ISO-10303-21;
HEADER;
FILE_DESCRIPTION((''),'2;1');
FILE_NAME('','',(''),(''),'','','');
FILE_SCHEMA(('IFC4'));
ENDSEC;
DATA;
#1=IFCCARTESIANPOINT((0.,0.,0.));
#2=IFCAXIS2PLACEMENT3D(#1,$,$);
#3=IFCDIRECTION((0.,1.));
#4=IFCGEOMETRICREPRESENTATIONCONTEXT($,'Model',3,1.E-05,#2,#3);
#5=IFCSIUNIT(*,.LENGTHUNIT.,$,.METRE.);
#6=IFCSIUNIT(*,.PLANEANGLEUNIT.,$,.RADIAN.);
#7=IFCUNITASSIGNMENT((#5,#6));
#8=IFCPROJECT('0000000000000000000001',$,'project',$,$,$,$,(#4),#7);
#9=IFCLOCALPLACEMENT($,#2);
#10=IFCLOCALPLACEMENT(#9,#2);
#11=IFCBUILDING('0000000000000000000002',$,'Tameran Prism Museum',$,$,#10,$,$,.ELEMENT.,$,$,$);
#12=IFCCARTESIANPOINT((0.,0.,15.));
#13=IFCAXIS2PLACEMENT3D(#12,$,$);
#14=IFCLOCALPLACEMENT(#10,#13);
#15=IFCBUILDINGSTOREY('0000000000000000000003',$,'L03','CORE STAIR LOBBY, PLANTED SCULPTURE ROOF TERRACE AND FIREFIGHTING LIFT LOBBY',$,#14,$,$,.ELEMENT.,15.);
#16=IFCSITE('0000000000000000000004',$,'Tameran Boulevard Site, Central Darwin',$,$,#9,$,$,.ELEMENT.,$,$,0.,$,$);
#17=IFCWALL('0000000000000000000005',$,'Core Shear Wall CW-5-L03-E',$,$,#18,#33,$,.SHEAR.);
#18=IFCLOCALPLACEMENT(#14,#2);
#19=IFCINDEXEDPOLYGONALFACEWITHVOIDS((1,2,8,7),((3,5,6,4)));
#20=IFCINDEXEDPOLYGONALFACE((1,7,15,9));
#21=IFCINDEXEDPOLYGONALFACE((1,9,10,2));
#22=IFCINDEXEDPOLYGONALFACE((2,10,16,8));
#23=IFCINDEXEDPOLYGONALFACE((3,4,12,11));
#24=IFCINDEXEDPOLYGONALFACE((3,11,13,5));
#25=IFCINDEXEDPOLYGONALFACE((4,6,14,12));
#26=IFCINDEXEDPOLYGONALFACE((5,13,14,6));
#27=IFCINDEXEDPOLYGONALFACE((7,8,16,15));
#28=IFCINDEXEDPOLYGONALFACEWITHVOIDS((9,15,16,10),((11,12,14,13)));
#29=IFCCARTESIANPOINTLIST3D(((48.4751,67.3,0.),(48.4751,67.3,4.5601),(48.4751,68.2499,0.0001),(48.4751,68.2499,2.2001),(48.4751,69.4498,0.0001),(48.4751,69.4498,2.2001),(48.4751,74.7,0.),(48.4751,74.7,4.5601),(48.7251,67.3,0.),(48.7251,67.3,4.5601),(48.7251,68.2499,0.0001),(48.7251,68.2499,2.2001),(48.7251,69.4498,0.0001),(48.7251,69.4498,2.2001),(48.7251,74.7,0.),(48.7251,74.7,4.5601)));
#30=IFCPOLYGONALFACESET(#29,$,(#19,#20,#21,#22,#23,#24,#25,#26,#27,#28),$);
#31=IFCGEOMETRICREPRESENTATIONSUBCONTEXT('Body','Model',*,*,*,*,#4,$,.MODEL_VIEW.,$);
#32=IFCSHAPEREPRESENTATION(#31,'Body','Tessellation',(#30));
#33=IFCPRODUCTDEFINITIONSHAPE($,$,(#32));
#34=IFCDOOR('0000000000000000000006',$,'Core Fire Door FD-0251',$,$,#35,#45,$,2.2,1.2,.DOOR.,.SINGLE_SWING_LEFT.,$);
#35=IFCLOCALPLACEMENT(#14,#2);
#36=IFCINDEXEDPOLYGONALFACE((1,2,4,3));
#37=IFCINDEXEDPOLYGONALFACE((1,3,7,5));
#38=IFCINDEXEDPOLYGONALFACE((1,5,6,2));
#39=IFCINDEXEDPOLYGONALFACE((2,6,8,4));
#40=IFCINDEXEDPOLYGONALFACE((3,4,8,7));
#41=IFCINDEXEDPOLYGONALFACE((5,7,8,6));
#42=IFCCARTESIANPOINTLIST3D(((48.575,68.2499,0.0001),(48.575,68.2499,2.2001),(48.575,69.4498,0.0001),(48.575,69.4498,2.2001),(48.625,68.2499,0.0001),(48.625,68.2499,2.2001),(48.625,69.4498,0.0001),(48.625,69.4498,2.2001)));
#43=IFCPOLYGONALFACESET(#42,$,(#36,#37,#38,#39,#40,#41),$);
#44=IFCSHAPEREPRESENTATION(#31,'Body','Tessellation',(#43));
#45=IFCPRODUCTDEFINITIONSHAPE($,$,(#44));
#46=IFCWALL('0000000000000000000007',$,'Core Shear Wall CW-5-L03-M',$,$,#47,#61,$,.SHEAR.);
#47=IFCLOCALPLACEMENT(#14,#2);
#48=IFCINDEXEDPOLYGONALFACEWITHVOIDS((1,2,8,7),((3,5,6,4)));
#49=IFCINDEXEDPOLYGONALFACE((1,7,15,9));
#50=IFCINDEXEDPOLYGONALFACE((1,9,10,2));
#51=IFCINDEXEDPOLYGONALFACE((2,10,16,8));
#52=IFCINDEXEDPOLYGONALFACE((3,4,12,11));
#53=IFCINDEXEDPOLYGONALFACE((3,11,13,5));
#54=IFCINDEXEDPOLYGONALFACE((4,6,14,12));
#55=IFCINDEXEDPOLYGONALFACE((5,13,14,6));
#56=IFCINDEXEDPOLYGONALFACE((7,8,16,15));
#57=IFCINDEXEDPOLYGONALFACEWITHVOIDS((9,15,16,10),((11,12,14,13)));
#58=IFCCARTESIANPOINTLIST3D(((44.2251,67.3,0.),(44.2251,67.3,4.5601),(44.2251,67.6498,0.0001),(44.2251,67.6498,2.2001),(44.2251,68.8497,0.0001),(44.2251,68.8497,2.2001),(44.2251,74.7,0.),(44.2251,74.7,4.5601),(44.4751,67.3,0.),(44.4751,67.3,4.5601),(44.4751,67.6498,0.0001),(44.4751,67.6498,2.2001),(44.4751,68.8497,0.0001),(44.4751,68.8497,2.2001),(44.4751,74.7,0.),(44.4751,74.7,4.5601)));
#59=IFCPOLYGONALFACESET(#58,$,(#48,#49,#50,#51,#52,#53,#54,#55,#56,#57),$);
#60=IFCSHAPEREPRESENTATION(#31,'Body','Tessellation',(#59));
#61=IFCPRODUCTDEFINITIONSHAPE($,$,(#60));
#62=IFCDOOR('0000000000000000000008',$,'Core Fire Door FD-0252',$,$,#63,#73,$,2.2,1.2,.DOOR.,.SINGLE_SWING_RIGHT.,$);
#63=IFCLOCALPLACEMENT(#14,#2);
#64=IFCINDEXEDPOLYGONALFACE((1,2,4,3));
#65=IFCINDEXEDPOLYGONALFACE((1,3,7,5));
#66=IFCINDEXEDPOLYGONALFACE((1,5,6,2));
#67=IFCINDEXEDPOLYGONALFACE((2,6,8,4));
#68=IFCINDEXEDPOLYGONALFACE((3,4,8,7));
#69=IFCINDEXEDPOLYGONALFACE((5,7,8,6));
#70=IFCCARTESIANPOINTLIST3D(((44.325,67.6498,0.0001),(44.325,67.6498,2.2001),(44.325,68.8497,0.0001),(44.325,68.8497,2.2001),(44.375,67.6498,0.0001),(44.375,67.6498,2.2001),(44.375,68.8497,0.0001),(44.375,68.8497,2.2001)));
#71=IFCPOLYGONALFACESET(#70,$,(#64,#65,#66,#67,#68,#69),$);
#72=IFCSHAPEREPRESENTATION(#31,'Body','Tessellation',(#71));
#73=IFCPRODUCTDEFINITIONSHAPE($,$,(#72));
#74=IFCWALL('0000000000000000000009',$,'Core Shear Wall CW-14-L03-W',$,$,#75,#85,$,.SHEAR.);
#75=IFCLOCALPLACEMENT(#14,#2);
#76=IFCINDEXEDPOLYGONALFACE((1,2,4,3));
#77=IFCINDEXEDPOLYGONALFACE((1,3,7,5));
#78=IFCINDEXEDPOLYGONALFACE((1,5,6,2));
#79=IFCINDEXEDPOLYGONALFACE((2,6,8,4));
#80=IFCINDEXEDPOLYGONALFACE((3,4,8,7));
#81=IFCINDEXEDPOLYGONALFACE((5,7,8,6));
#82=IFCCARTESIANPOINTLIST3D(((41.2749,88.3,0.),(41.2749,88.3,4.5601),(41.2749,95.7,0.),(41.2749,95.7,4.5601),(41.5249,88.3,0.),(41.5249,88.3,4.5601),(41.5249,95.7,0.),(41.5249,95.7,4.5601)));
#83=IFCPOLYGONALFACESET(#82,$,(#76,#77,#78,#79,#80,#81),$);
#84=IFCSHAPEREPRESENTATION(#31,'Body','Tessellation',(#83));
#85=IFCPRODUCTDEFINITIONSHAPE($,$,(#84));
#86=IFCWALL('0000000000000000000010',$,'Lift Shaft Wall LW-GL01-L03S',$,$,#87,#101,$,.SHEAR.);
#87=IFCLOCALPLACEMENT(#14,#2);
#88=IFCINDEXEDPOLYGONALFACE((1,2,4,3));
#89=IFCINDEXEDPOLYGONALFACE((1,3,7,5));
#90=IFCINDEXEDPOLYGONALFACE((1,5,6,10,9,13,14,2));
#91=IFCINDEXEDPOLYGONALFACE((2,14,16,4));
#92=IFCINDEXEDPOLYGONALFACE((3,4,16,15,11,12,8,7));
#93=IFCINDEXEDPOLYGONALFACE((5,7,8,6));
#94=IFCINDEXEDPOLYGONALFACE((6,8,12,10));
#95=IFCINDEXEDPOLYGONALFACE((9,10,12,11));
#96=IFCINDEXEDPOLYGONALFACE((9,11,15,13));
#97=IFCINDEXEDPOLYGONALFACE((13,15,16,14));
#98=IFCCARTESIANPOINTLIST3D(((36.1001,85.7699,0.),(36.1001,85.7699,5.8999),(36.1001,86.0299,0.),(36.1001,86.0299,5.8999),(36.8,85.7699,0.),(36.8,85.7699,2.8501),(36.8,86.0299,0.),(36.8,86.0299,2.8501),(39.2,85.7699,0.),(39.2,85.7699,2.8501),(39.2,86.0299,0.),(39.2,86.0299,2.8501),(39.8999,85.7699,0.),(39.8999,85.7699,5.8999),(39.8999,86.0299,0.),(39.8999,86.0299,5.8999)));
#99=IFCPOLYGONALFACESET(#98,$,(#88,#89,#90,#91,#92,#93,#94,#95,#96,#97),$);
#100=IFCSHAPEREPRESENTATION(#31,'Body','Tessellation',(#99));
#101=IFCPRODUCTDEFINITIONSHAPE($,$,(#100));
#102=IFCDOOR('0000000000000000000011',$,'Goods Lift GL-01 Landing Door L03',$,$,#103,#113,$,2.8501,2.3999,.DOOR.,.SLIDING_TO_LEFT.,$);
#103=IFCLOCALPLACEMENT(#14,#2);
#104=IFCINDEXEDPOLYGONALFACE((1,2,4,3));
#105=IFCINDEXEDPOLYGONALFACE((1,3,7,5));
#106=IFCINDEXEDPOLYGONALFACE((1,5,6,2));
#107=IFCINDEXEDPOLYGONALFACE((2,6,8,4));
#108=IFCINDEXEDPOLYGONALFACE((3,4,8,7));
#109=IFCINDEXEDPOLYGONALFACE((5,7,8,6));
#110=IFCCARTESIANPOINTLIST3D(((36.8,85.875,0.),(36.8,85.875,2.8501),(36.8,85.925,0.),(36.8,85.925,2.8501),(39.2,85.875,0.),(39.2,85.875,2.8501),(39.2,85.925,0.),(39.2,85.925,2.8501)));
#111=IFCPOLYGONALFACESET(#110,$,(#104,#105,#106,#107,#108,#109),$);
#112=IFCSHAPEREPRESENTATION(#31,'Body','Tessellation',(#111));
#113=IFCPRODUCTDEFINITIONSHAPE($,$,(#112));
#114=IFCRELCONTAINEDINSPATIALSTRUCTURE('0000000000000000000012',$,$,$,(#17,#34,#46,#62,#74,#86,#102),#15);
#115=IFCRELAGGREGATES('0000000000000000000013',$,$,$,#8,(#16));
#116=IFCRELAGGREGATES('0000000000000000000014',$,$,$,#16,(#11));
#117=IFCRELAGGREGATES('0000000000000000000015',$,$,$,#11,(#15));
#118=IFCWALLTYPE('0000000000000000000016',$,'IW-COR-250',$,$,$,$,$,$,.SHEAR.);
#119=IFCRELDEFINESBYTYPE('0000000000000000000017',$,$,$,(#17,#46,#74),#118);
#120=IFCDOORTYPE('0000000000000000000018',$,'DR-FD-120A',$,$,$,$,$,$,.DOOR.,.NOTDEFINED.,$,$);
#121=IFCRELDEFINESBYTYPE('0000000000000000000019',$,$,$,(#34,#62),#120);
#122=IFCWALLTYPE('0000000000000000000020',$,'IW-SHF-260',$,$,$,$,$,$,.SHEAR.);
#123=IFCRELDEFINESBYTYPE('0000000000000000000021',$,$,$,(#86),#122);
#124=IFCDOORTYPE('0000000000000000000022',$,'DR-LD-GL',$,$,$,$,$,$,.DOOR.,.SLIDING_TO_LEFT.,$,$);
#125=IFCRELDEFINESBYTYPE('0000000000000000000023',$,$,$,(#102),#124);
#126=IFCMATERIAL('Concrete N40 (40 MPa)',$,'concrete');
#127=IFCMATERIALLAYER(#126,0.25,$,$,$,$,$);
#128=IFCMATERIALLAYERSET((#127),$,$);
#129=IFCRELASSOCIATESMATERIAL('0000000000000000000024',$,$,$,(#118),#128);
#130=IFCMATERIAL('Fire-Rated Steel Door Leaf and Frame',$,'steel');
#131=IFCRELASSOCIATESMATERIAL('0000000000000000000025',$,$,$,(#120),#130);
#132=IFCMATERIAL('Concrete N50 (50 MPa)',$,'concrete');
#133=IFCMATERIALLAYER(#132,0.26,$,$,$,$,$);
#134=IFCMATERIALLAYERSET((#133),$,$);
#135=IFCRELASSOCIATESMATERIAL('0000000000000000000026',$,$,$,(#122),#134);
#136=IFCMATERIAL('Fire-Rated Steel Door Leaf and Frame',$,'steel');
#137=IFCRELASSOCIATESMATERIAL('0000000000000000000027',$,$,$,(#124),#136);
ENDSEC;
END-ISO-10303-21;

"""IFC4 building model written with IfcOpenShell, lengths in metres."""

from ifc_helpers import new_model, si_unit, direction, frame, frame_2d, origin, place, context, subcontext, project, spatial, rectangle, extrude, material, layer, layer_set, type_object, element, fill, save


model = new_model("IFC4")

# Units and contexts
model_context = context("Model", 3, precision=1e-05, world=origin(), true_north=direction((0.0, 1.0)))
body_context = subcontext(model_context, "Body", "Model", "MODEL_VIEW")
ifc_project = project(units=[si_unit("LENGTHUNIT", "METRE"), si_unit("PLANEANGLEUNIT", "RADIAN")], contexts=[model_context])

# Site, building, storey
site_placement = place(None, origin())
site = spatial("IfcSite", under=ifc_project, at=site_placement, Name="Tameran Boulevard Site, Central Darwin", CompositionType="ELEMENT", RefElevation=0.0)
building_placement = place(site_placement, origin())
building = spatial("IfcBuilding", under=site, at=building_placement, Name="Tameran Prism Museum", CompositionType="ELEMENT")
storey_placement = place(building_placement, frame((0.0, 0.0, 15.0)))
storey = spatial("IfcBuildingStorey", under=building, at=storey_placement, Name="L03", Description="CORE STAIR LOBBY, PLANTED SCULPTURE ROOF TERRACE AND FIREFIGHTING LIFT LOBBY", CompositionType="ELEMENT", Elevation=15.0)

# Walls, openings, doors
ifc_material_1 = material(Name="Concrete N40 (40 MPa)", Category="concrete")
ifc_layer_1 = layer(ifc_material_1, 0.25)
ifc_layer_set_1 = layer_set([ifc_layer_1])
wall_type_1 = type_object("IfcWallType", Name="IW-COR-250", PredefinedType="SHEAR", material=ifc_layer_set_1)
wall_1_placement = place(storey_placement, frame((48.6001, 74.7, 0.0), z_axis=(0.0, 0.0, 1.0), x_axis=(0.0, -1.0, 0.0)))
wall_1 = element("IfcWall", 1, at=wall_1_placement, inside=storey, type_object=wall_type_1, Name="Core Shear Wall CW-5-L03-E", PredefinedType="SHEAR", context=body_context, shape_type="SweptSolid", body=[
    extrude(rectangle(XDim=7.3999, YDim=0.25, at=frame_2d((3.7, 0.0))), origin(), (0.0, 0.0, 1.0), 4.5601),
])
opening_1_placement = place(wall_1_placement, frame((5.25, 0.0, 0.0)))
opening_1 = element("IfcOpeningElement", 2, at=opening_1_placement, cuts=wall_1, PredefinedType="OPENING", context=body_context, shape_type="SweptSolid", body=[
    extrude(rectangle(XDim=1.2, YDim=2.2, at=frame_2d((0.6001, 1.1001))), frame((0.0, 0.135, 0.0), z_axis=(0.0, -1.0, 0.0), x_axis=(1.0, 0.0, 0.0)), (0.0, 0.0, 1.0), 0.27),
])
ifc_material_2 = material(Name="Fire-Rated Steel Door Leaf and Frame", Category="steel")
door_type_1 = type_object("IfcDoorType", Name="DR-FD-120A", OperationType="NOTDEFINED", PredefinedType="DOOR", material=ifc_material_2)
door_1_placement = place(opening_1_placement, origin())
door_1 = element("IfcDoor", 3, at=door_1_placement, inside=storey, type_object=door_type_1, Name="Core Fire Door FD-0251", OperationType="SINGLE_SWING_LEFT", OverallHeight=2.2, OverallWidth=1.2, PredefinedType="DOOR", context=body_context, shape_type="SweptSolid", body=[
    extrude(rectangle(XDim=1.2, YDim=2.2, at=frame_2d((0.6001, 1.1001))), frame((0.0, 0.0249, 0.0), z_axis=(0.0, -1.0, 0.0), x_axis=(1.0, 0.0, 0.0)), (0.0, 0.0, 1.0), 0.05),
])
fill(opening_1, door_1)
wall_2_placement = place(storey_placement, frame((44.3501, 74.7, 0.0), z_axis=(0.0, 0.0, 1.0), x_axis=(0.0, -1.0, 0.0)))
wall_2 = element("IfcWall", 4, at=wall_2_placement, inside=storey, type_object=wall_type_1, Name="Core Shear Wall CW-5-L03-M", PredefinedType="SHEAR", context=body_context, shape_type="SweptSolid", body=[
    extrude(rectangle(XDim=7.3999, YDim=0.25, at=frame_2d((3.7, 0.0))), origin(), (0.0, 0.0, 1.0), 4.5601),
])
opening_2_placement = place(wall_2_placement, frame((5.8501, 0.0, 0.0)))
opening_2 = element("IfcOpeningElement", 5, at=opening_2_placement, cuts=wall_2, PredefinedType="OPENING", context=body_context, shape_type="SweptSolid", body=[
    extrude(rectangle(XDim=1.2, YDim=2.2, at=frame_2d((0.6001, 1.1001))), frame((0.0, 0.135, 0.0), z_axis=(0.0, -1.0, 0.0), x_axis=(1.0, 0.0, 0.0)), (0.0, 0.0, 1.0), 0.27),
])
door_2_placement = place(opening_2_placement, origin())
door_2 = element("IfcDoor", 6, at=door_2_placement, inside=storey, type_object=door_type_1, Name="Core Fire Door FD-0252", OperationType="SINGLE_SWING_RIGHT", OverallHeight=2.2, OverallWidth=1.2, PredefinedType="DOOR", context=body_context, shape_type="SweptSolid", body=[
    extrude(rectangle(XDim=1.2, YDim=2.2, at=frame_2d((0.6001, 1.1001))), frame((0.0, 0.0249, 0.0), z_axis=(0.0, -1.0, 0.0), x_axis=(1.0, 0.0, 0.0)), (0.0, 0.0, 1.0), 0.05),
])
fill(opening_2, door_2)

# Wall
wall_3_placement = place(storey_placement, frame((41.3999, 88.3, 0.0), z_axis=(0.0, 0.0, 1.0), x_axis=(0.0, 1.0, 0.0)))
element("IfcWall", 7, at=wall_3_placement, inside=storey, type_object=wall_type_1, Name="Core Shear Wall CW-14-L03-W", PredefinedType="SHEAR", context=body_context, shape_type="SweptSolid", body=[
    extrude(rectangle(XDim=7.3999, YDim=0.25, at=frame_2d((3.7, 0.0))), origin(), (0.0, 0.0, 1.0), 4.5601),
])

# Wall, opening, door
ifc_material_3 = material(Name="Concrete N50 (50 MPa)", Category="concrete")
ifc_layer_2 = layer(ifc_material_3, 0.26)
ifc_layer_set_2 = layer_set([ifc_layer_2])
wall_type_2 = type_object("IfcWallType", Name="IW-SHF-260", PredefinedType="SHEAR", material=ifc_layer_set_2)
wall_4_placement = place(storey_placement, frame((39.8999, 85.8999, 0.0), z_axis=(0.0, 0.0, 1.0), x_axis=(-1.0, 0.0, 0.0)))
wall_4 = element("IfcWall", 8, at=wall_4_placement, inside=storey, type_object=wall_type_2, Name="Lift Shaft Wall LW-GL01-L03S", PredefinedType="SHEAR", context=body_context, shape_type="SweptSolid", body=[
    extrude(rectangle(XDim=3.7998, YDim=0.26, at=frame_2d((1.8999, 0.0))), origin(), (0.0, 0.0, 1.0), 5.8999),
])
opening_3_placement = place(wall_4_placement, frame((0.7, 0.0, 0.0)))
opening_3 = element("IfcOpeningElement", 9, at=opening_3_placement, cuts=wall_4, PredefinedType="OPENING", context=body_context, shape_type="SweptSolid", body=[
    extrude(rectangle(XDim=2.3999, YDim=2.8501, at=frame_2d((1.2, 1.425))), frame((0.0, 0.1399, 0.0), z_axis=(0.0, -1.0, 0.0), x_axis=(1.0, 0.0, 0.0)), (0.0, 0.0, 1.0), 0.28),
])
ifc_material_4 = material(Name="Fire-Rated Steel Door Leaf and Frame", Category="steel")
door_type_2 = type_object("IfcDoorType", Name="DR-LD-GL", OperationType="SLIDING_TO_LEFT", PredefinedType="DOOR", material=ifc_material_4)
door_3_placement = place(opening_3_placement, origin())
door_3 = element("IfcDoor", 10, at=door_3_placement, inside=storey, type_object=door_type_2, Name="Goods Lift GL-01 Landing Door L03", OperationType="SLIDING_TO_LEFT", OverallHeight=2.8501, OverallWidth=2.3999, PredefinedType="DOOR", context=body_context, shape_type="SweptSolid", body=[
    extrude(rectangle(XDim=2.3999, YDim=2.8501, at=frame_2d((1.2, 1.425))), frame((0.0, 0.0249, 0.0), z_axis=(0.0, -1.0, 0.0), x_axis=(1.0, 0.0, 0.0)), (0.0, 0.0, 1.0), 0.05),
])
fill(opening_3, door_3)

save(model, "model.ifc")
